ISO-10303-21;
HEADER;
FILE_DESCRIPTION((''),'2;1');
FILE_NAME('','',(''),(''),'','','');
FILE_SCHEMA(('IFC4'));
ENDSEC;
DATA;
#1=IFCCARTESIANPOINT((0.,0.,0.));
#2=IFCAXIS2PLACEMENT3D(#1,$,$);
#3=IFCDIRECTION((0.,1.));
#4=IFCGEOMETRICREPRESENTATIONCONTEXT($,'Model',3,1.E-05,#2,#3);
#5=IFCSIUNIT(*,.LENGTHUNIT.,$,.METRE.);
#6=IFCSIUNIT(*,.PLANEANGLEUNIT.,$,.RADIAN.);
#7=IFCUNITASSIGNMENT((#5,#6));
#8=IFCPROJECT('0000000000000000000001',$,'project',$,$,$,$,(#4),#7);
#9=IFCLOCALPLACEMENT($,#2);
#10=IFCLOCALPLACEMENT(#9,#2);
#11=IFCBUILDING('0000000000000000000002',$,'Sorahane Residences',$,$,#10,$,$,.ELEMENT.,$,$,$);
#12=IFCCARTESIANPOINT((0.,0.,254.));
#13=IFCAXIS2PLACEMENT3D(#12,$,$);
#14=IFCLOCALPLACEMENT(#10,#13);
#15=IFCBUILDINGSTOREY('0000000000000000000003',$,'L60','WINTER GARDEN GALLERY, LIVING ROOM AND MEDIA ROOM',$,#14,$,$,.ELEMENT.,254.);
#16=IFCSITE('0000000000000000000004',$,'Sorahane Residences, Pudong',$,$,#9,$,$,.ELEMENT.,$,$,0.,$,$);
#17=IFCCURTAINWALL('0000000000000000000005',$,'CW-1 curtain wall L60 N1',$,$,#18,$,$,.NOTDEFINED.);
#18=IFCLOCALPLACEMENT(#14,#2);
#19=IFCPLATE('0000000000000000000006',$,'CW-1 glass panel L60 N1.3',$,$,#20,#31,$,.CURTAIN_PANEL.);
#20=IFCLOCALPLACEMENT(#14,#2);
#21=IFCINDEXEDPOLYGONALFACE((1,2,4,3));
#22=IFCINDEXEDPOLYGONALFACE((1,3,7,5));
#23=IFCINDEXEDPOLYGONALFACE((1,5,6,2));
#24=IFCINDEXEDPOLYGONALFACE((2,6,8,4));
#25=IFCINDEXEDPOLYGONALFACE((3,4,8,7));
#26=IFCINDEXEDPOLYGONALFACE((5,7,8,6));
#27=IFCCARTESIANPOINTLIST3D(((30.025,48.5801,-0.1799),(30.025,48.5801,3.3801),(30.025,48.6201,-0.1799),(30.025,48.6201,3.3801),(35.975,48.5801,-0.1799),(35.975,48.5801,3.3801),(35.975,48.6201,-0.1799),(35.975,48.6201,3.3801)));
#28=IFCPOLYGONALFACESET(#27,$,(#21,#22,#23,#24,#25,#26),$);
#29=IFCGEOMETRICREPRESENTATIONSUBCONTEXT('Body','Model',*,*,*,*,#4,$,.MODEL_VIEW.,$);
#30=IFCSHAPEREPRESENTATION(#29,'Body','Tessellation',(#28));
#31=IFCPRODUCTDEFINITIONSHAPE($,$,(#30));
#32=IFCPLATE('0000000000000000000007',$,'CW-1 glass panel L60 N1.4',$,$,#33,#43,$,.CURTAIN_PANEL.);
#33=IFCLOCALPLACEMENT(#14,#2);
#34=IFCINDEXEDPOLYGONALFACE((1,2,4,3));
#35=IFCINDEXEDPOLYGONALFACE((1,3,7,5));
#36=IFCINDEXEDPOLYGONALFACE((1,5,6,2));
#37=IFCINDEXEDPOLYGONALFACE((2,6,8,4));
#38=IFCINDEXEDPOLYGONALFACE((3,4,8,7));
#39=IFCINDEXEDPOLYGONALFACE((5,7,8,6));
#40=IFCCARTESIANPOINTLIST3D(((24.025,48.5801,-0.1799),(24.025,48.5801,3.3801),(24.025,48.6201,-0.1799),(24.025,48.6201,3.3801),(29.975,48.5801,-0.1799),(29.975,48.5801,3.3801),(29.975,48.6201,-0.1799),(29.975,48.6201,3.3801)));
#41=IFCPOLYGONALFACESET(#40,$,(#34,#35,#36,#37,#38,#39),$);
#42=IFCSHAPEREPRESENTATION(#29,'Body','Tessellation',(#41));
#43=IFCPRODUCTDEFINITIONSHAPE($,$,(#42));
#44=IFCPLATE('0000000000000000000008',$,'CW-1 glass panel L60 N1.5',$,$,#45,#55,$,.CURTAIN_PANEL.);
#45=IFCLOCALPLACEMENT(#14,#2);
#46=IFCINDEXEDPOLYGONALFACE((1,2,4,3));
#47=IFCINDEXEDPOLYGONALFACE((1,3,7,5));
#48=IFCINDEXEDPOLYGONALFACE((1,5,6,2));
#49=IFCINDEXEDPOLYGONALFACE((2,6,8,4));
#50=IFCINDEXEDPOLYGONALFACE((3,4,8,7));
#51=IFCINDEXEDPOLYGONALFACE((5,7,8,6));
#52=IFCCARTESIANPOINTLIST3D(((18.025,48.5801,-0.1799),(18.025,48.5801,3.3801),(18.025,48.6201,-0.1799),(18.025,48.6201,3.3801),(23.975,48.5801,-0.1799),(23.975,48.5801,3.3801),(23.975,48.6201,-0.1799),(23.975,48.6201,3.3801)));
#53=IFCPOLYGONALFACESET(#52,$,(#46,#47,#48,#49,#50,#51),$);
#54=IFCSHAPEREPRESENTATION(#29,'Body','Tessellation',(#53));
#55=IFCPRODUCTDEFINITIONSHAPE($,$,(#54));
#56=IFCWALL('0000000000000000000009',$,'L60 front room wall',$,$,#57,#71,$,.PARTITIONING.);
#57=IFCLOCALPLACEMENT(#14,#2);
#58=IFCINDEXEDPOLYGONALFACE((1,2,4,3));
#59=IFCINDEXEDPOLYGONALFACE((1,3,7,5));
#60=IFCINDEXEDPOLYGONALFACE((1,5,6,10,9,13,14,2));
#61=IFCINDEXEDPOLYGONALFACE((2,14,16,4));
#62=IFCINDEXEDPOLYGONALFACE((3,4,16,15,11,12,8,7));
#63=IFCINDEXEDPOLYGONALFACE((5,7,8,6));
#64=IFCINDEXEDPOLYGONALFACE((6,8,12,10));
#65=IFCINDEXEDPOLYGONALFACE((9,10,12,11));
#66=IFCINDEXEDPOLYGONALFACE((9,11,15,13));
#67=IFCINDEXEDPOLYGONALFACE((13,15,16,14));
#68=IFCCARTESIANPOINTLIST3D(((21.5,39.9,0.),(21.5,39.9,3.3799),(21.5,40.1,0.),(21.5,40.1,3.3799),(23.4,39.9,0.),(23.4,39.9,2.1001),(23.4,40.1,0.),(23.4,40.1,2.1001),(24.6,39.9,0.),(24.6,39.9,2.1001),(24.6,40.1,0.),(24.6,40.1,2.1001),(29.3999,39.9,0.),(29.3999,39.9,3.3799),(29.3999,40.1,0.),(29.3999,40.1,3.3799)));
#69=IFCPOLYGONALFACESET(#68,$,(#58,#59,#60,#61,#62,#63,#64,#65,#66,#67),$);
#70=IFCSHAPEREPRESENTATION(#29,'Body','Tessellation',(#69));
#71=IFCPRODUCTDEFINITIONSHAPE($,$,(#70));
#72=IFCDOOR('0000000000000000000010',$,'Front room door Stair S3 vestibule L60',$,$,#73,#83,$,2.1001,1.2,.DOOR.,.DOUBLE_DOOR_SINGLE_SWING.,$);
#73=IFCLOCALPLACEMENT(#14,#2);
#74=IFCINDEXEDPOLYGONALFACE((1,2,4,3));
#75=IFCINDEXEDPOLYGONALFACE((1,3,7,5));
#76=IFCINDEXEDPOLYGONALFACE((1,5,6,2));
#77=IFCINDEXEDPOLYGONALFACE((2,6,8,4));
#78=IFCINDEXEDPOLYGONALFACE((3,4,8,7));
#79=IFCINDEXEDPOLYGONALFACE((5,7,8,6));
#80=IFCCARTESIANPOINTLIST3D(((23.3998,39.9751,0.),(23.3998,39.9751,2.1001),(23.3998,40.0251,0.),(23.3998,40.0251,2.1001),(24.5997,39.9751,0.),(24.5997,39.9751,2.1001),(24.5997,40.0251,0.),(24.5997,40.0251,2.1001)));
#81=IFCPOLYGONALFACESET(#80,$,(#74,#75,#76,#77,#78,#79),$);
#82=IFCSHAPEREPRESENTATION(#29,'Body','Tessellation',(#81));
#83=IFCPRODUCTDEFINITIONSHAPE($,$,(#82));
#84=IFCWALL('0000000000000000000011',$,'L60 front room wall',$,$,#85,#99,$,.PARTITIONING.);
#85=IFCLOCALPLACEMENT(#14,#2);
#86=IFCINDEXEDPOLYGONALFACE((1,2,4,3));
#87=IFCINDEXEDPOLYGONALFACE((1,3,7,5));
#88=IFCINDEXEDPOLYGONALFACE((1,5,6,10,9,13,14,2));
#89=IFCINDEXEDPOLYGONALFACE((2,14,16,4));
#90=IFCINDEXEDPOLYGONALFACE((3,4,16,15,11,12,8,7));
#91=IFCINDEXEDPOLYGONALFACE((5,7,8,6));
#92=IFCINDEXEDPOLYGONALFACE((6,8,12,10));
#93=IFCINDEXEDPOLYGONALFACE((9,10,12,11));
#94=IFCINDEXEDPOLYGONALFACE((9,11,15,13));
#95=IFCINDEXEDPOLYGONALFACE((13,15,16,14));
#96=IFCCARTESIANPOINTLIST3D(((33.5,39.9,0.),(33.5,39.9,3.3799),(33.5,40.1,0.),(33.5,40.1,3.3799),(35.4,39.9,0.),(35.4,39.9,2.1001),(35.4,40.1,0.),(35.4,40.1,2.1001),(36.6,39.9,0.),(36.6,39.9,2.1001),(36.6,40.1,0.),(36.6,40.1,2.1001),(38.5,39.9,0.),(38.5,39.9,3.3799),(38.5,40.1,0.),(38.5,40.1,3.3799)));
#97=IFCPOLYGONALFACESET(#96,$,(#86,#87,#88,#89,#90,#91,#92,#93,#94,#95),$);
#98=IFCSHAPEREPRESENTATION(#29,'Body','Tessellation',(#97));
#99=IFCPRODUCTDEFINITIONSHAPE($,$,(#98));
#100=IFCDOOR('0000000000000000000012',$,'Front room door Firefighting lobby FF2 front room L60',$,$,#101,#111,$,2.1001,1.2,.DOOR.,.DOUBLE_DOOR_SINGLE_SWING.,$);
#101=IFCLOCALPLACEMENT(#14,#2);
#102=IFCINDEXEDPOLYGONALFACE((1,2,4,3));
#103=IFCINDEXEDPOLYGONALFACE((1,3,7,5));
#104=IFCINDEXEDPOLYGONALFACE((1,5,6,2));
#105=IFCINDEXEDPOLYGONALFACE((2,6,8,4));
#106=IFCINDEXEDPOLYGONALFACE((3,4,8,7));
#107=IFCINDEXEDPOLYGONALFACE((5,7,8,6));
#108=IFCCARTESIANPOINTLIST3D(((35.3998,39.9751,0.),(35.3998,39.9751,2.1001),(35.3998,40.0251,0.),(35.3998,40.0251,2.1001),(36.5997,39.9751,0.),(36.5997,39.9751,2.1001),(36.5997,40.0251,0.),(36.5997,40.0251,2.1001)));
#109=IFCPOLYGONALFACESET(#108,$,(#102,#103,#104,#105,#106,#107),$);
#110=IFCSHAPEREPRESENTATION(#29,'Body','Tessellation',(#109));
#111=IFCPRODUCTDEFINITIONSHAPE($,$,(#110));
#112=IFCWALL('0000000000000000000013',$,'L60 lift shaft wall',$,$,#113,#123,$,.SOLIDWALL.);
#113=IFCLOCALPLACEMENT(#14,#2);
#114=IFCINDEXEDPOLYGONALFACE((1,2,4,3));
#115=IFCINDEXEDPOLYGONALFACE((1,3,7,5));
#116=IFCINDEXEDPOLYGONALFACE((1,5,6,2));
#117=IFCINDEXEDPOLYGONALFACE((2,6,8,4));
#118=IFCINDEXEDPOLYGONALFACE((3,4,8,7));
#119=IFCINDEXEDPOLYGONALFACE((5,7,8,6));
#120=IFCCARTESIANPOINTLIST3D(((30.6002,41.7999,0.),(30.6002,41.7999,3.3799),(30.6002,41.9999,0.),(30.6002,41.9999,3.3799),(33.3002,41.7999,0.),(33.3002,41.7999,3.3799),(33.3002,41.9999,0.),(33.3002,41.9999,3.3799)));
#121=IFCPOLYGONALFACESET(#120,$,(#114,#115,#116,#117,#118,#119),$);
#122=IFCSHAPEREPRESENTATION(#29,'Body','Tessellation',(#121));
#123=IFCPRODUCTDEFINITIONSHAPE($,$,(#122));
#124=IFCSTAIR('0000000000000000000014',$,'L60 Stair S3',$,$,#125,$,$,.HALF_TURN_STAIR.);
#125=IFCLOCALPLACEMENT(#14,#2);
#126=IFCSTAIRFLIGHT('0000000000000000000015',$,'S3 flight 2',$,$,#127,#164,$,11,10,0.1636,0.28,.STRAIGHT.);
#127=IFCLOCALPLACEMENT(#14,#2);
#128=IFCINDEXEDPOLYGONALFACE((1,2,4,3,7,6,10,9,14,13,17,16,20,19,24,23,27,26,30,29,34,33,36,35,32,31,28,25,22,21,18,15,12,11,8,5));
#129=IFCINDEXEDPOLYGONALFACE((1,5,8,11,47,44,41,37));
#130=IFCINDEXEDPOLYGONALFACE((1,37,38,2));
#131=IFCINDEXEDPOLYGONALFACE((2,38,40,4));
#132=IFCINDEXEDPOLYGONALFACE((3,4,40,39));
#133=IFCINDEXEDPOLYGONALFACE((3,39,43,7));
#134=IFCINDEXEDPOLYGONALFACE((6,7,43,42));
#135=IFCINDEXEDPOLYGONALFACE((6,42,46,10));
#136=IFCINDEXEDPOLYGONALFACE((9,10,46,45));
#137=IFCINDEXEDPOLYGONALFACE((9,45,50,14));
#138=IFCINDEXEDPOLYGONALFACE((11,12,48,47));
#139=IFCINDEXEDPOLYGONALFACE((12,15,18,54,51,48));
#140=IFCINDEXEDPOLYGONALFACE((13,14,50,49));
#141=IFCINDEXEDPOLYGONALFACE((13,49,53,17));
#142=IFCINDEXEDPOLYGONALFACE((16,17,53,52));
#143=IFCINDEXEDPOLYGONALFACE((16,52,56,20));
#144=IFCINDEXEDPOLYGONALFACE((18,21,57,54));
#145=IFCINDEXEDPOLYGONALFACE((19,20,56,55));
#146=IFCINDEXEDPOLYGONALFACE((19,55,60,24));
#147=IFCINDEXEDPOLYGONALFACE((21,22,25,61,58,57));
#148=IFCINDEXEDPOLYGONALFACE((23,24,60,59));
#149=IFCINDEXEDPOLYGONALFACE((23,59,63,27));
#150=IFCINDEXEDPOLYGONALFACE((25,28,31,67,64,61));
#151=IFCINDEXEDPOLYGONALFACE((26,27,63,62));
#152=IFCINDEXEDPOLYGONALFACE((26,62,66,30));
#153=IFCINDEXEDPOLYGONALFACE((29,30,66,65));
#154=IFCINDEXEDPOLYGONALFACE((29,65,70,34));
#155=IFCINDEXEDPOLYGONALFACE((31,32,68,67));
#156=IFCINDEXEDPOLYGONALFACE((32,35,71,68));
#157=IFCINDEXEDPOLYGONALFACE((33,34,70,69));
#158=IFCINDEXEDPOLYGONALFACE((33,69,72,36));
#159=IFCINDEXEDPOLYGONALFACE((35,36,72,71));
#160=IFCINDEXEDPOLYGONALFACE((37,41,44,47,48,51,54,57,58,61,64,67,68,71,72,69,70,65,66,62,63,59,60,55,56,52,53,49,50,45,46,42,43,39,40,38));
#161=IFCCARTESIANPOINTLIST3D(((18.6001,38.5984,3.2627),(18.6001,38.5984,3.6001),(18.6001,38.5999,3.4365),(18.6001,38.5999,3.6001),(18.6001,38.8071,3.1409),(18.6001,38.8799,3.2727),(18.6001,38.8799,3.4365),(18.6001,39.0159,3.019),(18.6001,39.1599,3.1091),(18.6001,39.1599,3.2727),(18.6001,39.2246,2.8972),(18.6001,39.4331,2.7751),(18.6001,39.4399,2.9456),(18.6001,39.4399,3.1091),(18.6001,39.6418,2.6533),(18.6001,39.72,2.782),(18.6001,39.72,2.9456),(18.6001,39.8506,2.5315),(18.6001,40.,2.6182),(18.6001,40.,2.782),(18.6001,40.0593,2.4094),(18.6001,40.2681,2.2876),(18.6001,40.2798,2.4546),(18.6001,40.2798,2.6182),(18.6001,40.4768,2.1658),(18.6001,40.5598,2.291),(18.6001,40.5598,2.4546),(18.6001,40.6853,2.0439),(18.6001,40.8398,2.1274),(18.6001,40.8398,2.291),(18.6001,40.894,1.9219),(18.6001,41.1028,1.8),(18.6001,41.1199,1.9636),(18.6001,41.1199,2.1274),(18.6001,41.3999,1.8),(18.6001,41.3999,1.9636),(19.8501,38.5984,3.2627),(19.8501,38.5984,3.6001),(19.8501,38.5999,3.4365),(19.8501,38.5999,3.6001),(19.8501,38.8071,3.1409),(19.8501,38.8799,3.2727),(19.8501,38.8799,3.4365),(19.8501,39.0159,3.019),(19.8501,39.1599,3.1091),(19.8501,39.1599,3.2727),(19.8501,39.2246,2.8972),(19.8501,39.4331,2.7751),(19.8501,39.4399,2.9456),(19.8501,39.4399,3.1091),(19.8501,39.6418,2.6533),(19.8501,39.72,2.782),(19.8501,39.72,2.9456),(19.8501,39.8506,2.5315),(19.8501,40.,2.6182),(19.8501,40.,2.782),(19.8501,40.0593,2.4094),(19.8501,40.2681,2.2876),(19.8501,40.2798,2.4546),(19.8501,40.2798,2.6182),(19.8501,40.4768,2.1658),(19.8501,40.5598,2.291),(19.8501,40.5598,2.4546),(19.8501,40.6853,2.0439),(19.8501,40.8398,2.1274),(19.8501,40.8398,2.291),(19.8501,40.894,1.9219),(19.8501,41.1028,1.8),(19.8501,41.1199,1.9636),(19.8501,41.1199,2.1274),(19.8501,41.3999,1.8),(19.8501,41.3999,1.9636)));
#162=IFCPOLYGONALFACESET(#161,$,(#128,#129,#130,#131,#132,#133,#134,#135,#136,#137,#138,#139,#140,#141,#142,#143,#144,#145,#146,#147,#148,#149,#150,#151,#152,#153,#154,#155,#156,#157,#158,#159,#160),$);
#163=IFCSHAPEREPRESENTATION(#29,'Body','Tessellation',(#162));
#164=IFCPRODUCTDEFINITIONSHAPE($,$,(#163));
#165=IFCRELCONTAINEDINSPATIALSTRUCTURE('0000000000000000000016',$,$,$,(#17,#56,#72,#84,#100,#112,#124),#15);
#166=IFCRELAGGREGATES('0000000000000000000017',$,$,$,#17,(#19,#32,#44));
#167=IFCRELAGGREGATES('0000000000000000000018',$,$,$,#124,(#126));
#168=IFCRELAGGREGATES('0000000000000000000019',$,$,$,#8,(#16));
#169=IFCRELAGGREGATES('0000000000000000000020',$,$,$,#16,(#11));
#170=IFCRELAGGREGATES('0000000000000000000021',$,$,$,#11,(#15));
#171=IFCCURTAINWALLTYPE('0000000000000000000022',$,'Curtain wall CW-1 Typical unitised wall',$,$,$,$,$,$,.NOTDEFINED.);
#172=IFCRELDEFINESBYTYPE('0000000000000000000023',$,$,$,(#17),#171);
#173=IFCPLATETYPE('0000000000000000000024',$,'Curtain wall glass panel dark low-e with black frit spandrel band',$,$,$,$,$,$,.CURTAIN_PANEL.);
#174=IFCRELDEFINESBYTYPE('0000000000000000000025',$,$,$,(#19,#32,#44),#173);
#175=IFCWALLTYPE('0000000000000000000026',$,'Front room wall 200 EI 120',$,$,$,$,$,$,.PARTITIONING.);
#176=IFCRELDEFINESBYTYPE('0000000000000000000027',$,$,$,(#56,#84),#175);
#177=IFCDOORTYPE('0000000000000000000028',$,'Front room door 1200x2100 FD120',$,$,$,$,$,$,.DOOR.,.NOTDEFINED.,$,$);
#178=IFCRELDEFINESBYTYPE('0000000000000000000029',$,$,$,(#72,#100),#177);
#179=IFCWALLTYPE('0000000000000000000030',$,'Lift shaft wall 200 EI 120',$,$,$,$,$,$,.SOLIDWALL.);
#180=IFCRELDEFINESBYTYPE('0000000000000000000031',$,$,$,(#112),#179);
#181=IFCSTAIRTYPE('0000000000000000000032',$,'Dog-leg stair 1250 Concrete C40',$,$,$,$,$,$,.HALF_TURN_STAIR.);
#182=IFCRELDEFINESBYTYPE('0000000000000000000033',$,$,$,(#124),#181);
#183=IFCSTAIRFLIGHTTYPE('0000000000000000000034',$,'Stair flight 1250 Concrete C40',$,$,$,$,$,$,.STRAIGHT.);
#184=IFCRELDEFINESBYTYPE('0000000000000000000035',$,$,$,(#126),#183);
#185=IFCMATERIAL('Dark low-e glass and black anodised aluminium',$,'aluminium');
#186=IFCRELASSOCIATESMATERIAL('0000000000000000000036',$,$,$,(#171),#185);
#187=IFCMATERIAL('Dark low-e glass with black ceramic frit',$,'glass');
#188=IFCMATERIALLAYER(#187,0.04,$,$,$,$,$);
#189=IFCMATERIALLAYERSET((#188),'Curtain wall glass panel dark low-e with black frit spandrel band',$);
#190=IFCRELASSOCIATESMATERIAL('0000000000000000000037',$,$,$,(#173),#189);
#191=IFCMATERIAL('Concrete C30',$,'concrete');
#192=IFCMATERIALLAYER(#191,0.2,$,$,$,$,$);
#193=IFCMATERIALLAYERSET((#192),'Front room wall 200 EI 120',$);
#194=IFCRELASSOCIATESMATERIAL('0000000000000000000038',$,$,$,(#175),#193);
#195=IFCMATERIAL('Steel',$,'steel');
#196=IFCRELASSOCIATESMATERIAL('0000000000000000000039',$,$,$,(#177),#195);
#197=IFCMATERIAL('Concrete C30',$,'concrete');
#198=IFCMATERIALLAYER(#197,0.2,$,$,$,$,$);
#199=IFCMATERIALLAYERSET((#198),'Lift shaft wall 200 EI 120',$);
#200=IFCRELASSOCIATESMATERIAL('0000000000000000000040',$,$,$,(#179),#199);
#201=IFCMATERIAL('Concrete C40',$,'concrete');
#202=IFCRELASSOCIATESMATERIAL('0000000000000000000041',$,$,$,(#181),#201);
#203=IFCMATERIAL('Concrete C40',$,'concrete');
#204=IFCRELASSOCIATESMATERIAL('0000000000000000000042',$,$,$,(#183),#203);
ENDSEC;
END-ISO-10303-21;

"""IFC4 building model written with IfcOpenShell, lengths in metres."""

from ifc_helpers import new_model, si_unit, direction, frame, frame_2d, origin, origin_2d, place, context, subcontext, project, spatial, polyline, rectangle, outline, extrude, material, layer, layer_set, type_object, element, fill, aggregate, save


model = new_model("IFC4")

# Units and contexts
model_context = context("Model", 3, precision=1e-05, world=origin(), true_north=direction((0.0, 1.0)))
body_context = subcontext(model_context, "Body", "Model", "MODEL_VIEW")
ifc_project = project(units=[si_unit("LENGTHUNIT", "METRE"), si_unit("PLANEANGLEUNIT", "RADIAN")], contexts=[model_context])

# Site, building, storey
site_placement = place(None, origin())
site = spatial("IfcSite", under=ifc_project, at=site_placement, Name="Sorahane Residences, Pudong", CompositionType="ELEMENT", RefElevation=0.0)
building_placement = place(site_placement, origin())
building = spatial("IfcBuilding", under=site, at=building_placement, Name="Sorahane Residences", CompositionType="ELEMENT")
storey_placement = place(building_placement, frame((0.0, 0.0, 254.0)))
storey = spatial("IfcBuildingStorey", under=building, at=storey_placement, Name="L60", Description="WINTER GARDEN GALLERY, LIVING ROOM AND MEDIA ROOM", CompositionType="ELEMENT", Elevation=254.0)

# Curtain wall
ifc_material_1 = material(Name="Dark low-e glass and black anodised aluminium", Category="aluminium")
curtain_wall_type = type_object("IfcCurtainWallType", Name="Curtain wall CW-1 Typical unitised wall", PredefinedType="NOTDEFINED", material=ifc_material_1)
curtain_wall_placement = place(storey_placement, origin())
curtain_wall = element("IfcCurtainWall", 1, at=curtain_wall_placement, inside=storey, type_object=curtain_wall_type, Name="CW-1 curtain wall L60 N1", PredefinedType="NOTDEFINED")

# Plates
ifc_material_2 = material(Name="Dark low-e glass with black ceramic frit", Category="glass")
ifc_layer_1 = layer(ifc_material_2, 0.04)
ifc_layer_set_1 = layer_set([ifc_layer_1], Name="Curtain wall glass panel dark low-e with black frit spandrel band")
plate_type = type_object("IfcPlateType", Name="Curtain wall glass panel dark low-e with black frit spandrel band", PredefinedType="CURTAIN_PANEL", material=ifc_layer_set_1)
plate_1_placement = place(storey_placement, frame((33.0, 48.6001, -0.1799), z_axis=(0.0, 0.0, 1.0), x_axis=(-1.0, 0.0, 0.0)))
plate_1 = element("IfcPlate", 2, at=plate_1_placement, type_object=plate_type, Name="CW-1 glass panel L60 N1.3", PredefinedType="CURTAIN_PANEL", context=body_context, shape_type="SweptSolid", body=[
    extrude(rectangle(XDim=5.95, YDim=0.04, at=origin_2d()), origin(), (0.0, 0.0, 1.0), 3.5601),
])
plate_2_placement = place(storey_placement, frame((27.0, 48.6001, -0.1799), z_axis=(0.0, 0.0, 1.0), x_axis=(-1.0, 0.0, 0.0)))
plate_2 = element("IfcPlate", 3, at=plate_2_placement, type_object=plate_type, Name="CW-1 glass panel L60 N1.4", PredefinedType="CURTAIN_PANEL", context=body_context, shape_type="SweptSolid", body=[
    extrude(rectangle(XDim=5.95, YDim=0.04, at=origin_2d()), origin(), (0.0, 0.0, 1.0), 3.5601),
])
plate_3_placement = place(storey_placement, frame((21.0, 48.6001, -0.1799), z_axis=(0.0, 0.0, 1.0), x_axis=(-1.0, 0.0, 0.0)))
plate_3 = element("IfcPlate", 4, at=plate_3_placement, type_object=plate_type, Name="CW-1 glass panel L60 N1.5", PredefinedType="CURTAIN_PANEL", context=body_context, shape_type="SweptSolid", body=[
    extrude(rectangle(XDim=5.95, YDim=0.04, at=origin_2d()), origin(), (0.0, 0.0, 1.0), 3.5601),
])
aggregate(curtain_wall, [plate_1, plate_2, plate_3])

# Walls, openings, doors
ifc_material_3 = material(Name="Concrete C30", Category="concrete")
ifc_layer_2 = layer(ifc_material_3, 0.2)
ifc_layer_set_2 = layer_set([ifc_layer_2], Name="Front room wall 200 EI 120")
wall_type_1 = type_object("IfcWallType", Name="Front room wall 200 EI 120", PredefinedType="PARTITIONING", material=ifc_layer_set_2)
wall_1_placement = place(storey_placement, frame((21.5, 40.0, 0.0), z_axis=(0.0, 0.0, 1.0), x_axis=(1.0, 0.0, 0.0)))
wall_1 = element("IfcWall", 5, at=wall_1_placement, inside=storey, type_object=wall_type_1, Name="L60 front room wall", PredefinedType="PARTITIONING", context=body_context, shape_type="SweptSolid", body=[
    extrude(rectangle(XDim=7.8999, YDim=0.2, at=frame_2d((3.95, 0.0))), origin(), (0.0, 0.0, 1.0), 3.3799),
])
opening_1_placement = place(wall_1_placement, frame((1.8999, 0.0, 0.0)))
opening_1 = element("IfcOpeningElement", 6, at=opening_1_placement, cuts=wall_1, PredefinedType="OPENING", context=body_context, shape_type="SweptSolid", body=[
    extrude(rectangle(XDim=1.2, YDim=2.1001, at=frame_2d((0.6001, 1.05))), frame((0.0, 0.1099, 0.0), z_axis=(0.0, -1.0, 0.0), x_axis=(1.0, 0.0, 0.0)), (0.0, 0.0, 1.0), 0.22),
])
ifc_material_4 = material(Name="Steel", Category="steel")
door_type = type_object("IfcDoorType", Name="Front room door 1200x2100 FD120", OperationType="NOTDEFINED", PredefinedType="DOOR", material=ifc_material_4)
door_1_placement = place(opening_1_placement, frame((1.2, 0.0, 0.0), z_axis=(0.0, 0.0, 1.0), x_axis=(-1.0, 0.0, 0.0)))
door_1 = element("IfcDoor", 7, at=door_1_placement, inside=storey, type_object=door_type, Name="Front room door Stair S3 vestibule L60", OperationType="DOUBLE_DOOR_SINGLE_SWING", OverallHeight=2.1001, OverallWidth=1.2, PredefinedType="DOOR", context=body_context, shape_type="SweptSolid", body=[
    extrude(rectangle(XDim=1.2, YDim=2.1001, at=frame_2d((0.6001, 1.05))), frame((0.0, 0.0249, 0.0), z_axis=(0.0, -1.0, 0.0), x_axis=(1.0, 0.0, 0.0)), (0.0, 0.0, 1.0), 0.05),
])
fill(opening_1, door_1)
wall_2_placement = place(storey_placement, frame((33.5, 40.0, 0.0), z_axis=(0.0, 0.0, 1.0), x_axis=(1.0, 0.0, 0.0)))
wall_2 = element("IfcWall", 8, at=wall_2_placement, inside=storey, type_object=wall_type_1, Name="L60 front room wall", PredefinedType="PARTITIONING", context=body_context, shape_type="SweptSolid", body=[
    extrude(rectangle(XDim=5.0, YDim=0.2, at=frame_2d((2.5, 0.0))), origin(), (0.0, 0.0, 1.0), 3.3799),
])
opening_2_placement = place(wall_2_placement, frame((1.8999, 0.0, 0.0)))
opening_2 = element("IfcOpeningElement", 9, at=opening_2_placement, cuts=wall_2, PredefinedType="OPENING", context=body_context, shape_type="SweptSolid", body=[
    extrude(rectangle(XDim=1.2, YDim=2.1001, at=frame_2d((0.6001, 1.05))), frame((0.0, 0.1099, 0.0), z_axis=(0.0, -1.0, 0.0), x_axis=(1.0, 0.0, 0.0)), (0.0, 0.0, 1.0), 0.22),
])
door_2_placement = place(opening_2_placement, frame((1.2, 0.0, 0.0), z_axis=(0.0, 0.0, 1.0), x_axis=(-1.0, 0.0, 0.0)))
door_2 = element("IfcDoor", 10, at=door_2_placement, inside=storey, type_object=door_type, Name="Front room door Firefighting lobby FF2 front room L60", OperationType="DOUBLE_DOOR_SINGLE_SWING", OverallHeight=2.1001, OverallWidth=1.2, PredefinedType="DOOR", context=body_context, shape_type="SweptSolid", body=[
    extrude(rectangle(XDim=1.2, YDim=2.1001, at=frame_2d((0.6001, 1.05))), frame((0.0, 0.0249, 0.0), z_axis=(0.0, -1.0, 0.0), x_axis=(1.0, 0.0, 0.0)), (0.0, 0.0, 1.0), 0.05),
])
fill(opening_2, door_2)

# Wall
ifc_material_5 = material(Name="Concrete C30", Category="concrete")
ifc_layer_3 = layer(ifc_material_5, 0.2)
ifc_layer_set_3 = layer_set([ifc_layer_3], Name="Lift shaft wall 200 EI 120")
wall_type_2 = type_object("IfcWallType", Name="Lift shaft wall 200 EI 120", PredefinedType="SOLIDWALL", material=ifc_layer_set_3)
wall_3_placement = place(storey_placement, frame((30.6001, 41.8999, 0.0), z_axis=(0.0, 0.0, 1.0), x_axis=(1.0, 0.0, 0.0)))
element("IfcWall", 11, at=wall_3_placement, inside=storey, type_object=wall_type_2, Name="L60 lift shaft wall", PredefinedType="SOLIDWALL", context=body_context, shape_type="SweptSolid", body=[
    extrude(rectangle(XDim=2.7, YDim=0.2, at=frame_2d((1.3501, 0.0))), origin(), (0.0, 0.0, 1.0), 3.3799),
])

# Stair, stair flight
ifc_material_6 = material(Name="Concrete C40", Category="concrete")
stair_type = type_object("IfcStairType", Name="Dog-leg stair 1250 Concrete C40", PredefinedType="HALF_TURN_STAIR", material=ifc_material_6)
stair_placement = place(storey_placement, origin())
stair = element("IfcStair", 12, at=stair_placement, inside=storey, type_object=stair_type, Name="L60 Stair S3", PredefinedType="HALF_TURN_STAIR")
ifc_material_7 = material(Name="Concrete C40", Category="concrete")
stair_flight_type = type_object("IfcStairFlightType", Name="Stair flight 1250 Concrete C40", PredefinedType="STRAIGHT", material=ifc_material_7)
stair_flight_placement = place(storey_placement, frame((19.2251, 41.3999, 1.8), z_axis=(0.0, 0.0, 1.0), x_axis=(0.0, -1.0, 0.0)))
stair_flight = element("IfcStairFlight", 13, at=stair_flight_placement, type_object=stair_flight_type, Name="S3 flight 2", NumberOfRisers=11, NumberOfTreads=10, PredefinedType="STRAIGHT", RiserHeight=0.1636, TreadLength=0.28, context=body_context, shape_type="SweptSolid", body=[
    extrude(outline(polyline([(0.0, 0.0), (0.0, 0.1636), (0.28, 0.1636), (0.28, 0.3274), (0.5601, 0.3274), (0.5601, 0.491), (0.8401, 0.491), (0.8401, 0.6545), (1.1201, 0.6545), (1.1201, 0.8181), (1.3999, 0.8181), (1.3999, 0.9819), (1.6799, 0.9819), (1.6799, 1.1455), (1.96, 1.1455), (1.96, 1.3091), (2.24, 1.3091), (2.24, 1.4727), (2.52, 1.4727), (2.52, 1.6365), (2.8, 1.6365), (2.8, 1.8), (2.8015, 1.8), (2.8015, 1.4626), (2.5928, 1.3408), (2.384, 1.219), (2.1753, 1.0972), (1.9668, 0.9751), (1.7581, 0.8533), (1.5493, 0.7314), (1.3406, 0.6094), (1.1318, 0.4875), (0.9231, 0.3657), (0.7146, 0.2439), (0.5059, 0.1218), (0.2971, 0.0), (0.0, 0.0)])), frame((0.0, 0.625, 0.0), z_axis=(0.0, -1.0, 0.0), x_axis=(1.0, 0.0, 0.0)), (0.0, 0.0, 1.0), 1.25),
])
aggregate(stair, [stair_flight])

save(model, "model.ifc")
